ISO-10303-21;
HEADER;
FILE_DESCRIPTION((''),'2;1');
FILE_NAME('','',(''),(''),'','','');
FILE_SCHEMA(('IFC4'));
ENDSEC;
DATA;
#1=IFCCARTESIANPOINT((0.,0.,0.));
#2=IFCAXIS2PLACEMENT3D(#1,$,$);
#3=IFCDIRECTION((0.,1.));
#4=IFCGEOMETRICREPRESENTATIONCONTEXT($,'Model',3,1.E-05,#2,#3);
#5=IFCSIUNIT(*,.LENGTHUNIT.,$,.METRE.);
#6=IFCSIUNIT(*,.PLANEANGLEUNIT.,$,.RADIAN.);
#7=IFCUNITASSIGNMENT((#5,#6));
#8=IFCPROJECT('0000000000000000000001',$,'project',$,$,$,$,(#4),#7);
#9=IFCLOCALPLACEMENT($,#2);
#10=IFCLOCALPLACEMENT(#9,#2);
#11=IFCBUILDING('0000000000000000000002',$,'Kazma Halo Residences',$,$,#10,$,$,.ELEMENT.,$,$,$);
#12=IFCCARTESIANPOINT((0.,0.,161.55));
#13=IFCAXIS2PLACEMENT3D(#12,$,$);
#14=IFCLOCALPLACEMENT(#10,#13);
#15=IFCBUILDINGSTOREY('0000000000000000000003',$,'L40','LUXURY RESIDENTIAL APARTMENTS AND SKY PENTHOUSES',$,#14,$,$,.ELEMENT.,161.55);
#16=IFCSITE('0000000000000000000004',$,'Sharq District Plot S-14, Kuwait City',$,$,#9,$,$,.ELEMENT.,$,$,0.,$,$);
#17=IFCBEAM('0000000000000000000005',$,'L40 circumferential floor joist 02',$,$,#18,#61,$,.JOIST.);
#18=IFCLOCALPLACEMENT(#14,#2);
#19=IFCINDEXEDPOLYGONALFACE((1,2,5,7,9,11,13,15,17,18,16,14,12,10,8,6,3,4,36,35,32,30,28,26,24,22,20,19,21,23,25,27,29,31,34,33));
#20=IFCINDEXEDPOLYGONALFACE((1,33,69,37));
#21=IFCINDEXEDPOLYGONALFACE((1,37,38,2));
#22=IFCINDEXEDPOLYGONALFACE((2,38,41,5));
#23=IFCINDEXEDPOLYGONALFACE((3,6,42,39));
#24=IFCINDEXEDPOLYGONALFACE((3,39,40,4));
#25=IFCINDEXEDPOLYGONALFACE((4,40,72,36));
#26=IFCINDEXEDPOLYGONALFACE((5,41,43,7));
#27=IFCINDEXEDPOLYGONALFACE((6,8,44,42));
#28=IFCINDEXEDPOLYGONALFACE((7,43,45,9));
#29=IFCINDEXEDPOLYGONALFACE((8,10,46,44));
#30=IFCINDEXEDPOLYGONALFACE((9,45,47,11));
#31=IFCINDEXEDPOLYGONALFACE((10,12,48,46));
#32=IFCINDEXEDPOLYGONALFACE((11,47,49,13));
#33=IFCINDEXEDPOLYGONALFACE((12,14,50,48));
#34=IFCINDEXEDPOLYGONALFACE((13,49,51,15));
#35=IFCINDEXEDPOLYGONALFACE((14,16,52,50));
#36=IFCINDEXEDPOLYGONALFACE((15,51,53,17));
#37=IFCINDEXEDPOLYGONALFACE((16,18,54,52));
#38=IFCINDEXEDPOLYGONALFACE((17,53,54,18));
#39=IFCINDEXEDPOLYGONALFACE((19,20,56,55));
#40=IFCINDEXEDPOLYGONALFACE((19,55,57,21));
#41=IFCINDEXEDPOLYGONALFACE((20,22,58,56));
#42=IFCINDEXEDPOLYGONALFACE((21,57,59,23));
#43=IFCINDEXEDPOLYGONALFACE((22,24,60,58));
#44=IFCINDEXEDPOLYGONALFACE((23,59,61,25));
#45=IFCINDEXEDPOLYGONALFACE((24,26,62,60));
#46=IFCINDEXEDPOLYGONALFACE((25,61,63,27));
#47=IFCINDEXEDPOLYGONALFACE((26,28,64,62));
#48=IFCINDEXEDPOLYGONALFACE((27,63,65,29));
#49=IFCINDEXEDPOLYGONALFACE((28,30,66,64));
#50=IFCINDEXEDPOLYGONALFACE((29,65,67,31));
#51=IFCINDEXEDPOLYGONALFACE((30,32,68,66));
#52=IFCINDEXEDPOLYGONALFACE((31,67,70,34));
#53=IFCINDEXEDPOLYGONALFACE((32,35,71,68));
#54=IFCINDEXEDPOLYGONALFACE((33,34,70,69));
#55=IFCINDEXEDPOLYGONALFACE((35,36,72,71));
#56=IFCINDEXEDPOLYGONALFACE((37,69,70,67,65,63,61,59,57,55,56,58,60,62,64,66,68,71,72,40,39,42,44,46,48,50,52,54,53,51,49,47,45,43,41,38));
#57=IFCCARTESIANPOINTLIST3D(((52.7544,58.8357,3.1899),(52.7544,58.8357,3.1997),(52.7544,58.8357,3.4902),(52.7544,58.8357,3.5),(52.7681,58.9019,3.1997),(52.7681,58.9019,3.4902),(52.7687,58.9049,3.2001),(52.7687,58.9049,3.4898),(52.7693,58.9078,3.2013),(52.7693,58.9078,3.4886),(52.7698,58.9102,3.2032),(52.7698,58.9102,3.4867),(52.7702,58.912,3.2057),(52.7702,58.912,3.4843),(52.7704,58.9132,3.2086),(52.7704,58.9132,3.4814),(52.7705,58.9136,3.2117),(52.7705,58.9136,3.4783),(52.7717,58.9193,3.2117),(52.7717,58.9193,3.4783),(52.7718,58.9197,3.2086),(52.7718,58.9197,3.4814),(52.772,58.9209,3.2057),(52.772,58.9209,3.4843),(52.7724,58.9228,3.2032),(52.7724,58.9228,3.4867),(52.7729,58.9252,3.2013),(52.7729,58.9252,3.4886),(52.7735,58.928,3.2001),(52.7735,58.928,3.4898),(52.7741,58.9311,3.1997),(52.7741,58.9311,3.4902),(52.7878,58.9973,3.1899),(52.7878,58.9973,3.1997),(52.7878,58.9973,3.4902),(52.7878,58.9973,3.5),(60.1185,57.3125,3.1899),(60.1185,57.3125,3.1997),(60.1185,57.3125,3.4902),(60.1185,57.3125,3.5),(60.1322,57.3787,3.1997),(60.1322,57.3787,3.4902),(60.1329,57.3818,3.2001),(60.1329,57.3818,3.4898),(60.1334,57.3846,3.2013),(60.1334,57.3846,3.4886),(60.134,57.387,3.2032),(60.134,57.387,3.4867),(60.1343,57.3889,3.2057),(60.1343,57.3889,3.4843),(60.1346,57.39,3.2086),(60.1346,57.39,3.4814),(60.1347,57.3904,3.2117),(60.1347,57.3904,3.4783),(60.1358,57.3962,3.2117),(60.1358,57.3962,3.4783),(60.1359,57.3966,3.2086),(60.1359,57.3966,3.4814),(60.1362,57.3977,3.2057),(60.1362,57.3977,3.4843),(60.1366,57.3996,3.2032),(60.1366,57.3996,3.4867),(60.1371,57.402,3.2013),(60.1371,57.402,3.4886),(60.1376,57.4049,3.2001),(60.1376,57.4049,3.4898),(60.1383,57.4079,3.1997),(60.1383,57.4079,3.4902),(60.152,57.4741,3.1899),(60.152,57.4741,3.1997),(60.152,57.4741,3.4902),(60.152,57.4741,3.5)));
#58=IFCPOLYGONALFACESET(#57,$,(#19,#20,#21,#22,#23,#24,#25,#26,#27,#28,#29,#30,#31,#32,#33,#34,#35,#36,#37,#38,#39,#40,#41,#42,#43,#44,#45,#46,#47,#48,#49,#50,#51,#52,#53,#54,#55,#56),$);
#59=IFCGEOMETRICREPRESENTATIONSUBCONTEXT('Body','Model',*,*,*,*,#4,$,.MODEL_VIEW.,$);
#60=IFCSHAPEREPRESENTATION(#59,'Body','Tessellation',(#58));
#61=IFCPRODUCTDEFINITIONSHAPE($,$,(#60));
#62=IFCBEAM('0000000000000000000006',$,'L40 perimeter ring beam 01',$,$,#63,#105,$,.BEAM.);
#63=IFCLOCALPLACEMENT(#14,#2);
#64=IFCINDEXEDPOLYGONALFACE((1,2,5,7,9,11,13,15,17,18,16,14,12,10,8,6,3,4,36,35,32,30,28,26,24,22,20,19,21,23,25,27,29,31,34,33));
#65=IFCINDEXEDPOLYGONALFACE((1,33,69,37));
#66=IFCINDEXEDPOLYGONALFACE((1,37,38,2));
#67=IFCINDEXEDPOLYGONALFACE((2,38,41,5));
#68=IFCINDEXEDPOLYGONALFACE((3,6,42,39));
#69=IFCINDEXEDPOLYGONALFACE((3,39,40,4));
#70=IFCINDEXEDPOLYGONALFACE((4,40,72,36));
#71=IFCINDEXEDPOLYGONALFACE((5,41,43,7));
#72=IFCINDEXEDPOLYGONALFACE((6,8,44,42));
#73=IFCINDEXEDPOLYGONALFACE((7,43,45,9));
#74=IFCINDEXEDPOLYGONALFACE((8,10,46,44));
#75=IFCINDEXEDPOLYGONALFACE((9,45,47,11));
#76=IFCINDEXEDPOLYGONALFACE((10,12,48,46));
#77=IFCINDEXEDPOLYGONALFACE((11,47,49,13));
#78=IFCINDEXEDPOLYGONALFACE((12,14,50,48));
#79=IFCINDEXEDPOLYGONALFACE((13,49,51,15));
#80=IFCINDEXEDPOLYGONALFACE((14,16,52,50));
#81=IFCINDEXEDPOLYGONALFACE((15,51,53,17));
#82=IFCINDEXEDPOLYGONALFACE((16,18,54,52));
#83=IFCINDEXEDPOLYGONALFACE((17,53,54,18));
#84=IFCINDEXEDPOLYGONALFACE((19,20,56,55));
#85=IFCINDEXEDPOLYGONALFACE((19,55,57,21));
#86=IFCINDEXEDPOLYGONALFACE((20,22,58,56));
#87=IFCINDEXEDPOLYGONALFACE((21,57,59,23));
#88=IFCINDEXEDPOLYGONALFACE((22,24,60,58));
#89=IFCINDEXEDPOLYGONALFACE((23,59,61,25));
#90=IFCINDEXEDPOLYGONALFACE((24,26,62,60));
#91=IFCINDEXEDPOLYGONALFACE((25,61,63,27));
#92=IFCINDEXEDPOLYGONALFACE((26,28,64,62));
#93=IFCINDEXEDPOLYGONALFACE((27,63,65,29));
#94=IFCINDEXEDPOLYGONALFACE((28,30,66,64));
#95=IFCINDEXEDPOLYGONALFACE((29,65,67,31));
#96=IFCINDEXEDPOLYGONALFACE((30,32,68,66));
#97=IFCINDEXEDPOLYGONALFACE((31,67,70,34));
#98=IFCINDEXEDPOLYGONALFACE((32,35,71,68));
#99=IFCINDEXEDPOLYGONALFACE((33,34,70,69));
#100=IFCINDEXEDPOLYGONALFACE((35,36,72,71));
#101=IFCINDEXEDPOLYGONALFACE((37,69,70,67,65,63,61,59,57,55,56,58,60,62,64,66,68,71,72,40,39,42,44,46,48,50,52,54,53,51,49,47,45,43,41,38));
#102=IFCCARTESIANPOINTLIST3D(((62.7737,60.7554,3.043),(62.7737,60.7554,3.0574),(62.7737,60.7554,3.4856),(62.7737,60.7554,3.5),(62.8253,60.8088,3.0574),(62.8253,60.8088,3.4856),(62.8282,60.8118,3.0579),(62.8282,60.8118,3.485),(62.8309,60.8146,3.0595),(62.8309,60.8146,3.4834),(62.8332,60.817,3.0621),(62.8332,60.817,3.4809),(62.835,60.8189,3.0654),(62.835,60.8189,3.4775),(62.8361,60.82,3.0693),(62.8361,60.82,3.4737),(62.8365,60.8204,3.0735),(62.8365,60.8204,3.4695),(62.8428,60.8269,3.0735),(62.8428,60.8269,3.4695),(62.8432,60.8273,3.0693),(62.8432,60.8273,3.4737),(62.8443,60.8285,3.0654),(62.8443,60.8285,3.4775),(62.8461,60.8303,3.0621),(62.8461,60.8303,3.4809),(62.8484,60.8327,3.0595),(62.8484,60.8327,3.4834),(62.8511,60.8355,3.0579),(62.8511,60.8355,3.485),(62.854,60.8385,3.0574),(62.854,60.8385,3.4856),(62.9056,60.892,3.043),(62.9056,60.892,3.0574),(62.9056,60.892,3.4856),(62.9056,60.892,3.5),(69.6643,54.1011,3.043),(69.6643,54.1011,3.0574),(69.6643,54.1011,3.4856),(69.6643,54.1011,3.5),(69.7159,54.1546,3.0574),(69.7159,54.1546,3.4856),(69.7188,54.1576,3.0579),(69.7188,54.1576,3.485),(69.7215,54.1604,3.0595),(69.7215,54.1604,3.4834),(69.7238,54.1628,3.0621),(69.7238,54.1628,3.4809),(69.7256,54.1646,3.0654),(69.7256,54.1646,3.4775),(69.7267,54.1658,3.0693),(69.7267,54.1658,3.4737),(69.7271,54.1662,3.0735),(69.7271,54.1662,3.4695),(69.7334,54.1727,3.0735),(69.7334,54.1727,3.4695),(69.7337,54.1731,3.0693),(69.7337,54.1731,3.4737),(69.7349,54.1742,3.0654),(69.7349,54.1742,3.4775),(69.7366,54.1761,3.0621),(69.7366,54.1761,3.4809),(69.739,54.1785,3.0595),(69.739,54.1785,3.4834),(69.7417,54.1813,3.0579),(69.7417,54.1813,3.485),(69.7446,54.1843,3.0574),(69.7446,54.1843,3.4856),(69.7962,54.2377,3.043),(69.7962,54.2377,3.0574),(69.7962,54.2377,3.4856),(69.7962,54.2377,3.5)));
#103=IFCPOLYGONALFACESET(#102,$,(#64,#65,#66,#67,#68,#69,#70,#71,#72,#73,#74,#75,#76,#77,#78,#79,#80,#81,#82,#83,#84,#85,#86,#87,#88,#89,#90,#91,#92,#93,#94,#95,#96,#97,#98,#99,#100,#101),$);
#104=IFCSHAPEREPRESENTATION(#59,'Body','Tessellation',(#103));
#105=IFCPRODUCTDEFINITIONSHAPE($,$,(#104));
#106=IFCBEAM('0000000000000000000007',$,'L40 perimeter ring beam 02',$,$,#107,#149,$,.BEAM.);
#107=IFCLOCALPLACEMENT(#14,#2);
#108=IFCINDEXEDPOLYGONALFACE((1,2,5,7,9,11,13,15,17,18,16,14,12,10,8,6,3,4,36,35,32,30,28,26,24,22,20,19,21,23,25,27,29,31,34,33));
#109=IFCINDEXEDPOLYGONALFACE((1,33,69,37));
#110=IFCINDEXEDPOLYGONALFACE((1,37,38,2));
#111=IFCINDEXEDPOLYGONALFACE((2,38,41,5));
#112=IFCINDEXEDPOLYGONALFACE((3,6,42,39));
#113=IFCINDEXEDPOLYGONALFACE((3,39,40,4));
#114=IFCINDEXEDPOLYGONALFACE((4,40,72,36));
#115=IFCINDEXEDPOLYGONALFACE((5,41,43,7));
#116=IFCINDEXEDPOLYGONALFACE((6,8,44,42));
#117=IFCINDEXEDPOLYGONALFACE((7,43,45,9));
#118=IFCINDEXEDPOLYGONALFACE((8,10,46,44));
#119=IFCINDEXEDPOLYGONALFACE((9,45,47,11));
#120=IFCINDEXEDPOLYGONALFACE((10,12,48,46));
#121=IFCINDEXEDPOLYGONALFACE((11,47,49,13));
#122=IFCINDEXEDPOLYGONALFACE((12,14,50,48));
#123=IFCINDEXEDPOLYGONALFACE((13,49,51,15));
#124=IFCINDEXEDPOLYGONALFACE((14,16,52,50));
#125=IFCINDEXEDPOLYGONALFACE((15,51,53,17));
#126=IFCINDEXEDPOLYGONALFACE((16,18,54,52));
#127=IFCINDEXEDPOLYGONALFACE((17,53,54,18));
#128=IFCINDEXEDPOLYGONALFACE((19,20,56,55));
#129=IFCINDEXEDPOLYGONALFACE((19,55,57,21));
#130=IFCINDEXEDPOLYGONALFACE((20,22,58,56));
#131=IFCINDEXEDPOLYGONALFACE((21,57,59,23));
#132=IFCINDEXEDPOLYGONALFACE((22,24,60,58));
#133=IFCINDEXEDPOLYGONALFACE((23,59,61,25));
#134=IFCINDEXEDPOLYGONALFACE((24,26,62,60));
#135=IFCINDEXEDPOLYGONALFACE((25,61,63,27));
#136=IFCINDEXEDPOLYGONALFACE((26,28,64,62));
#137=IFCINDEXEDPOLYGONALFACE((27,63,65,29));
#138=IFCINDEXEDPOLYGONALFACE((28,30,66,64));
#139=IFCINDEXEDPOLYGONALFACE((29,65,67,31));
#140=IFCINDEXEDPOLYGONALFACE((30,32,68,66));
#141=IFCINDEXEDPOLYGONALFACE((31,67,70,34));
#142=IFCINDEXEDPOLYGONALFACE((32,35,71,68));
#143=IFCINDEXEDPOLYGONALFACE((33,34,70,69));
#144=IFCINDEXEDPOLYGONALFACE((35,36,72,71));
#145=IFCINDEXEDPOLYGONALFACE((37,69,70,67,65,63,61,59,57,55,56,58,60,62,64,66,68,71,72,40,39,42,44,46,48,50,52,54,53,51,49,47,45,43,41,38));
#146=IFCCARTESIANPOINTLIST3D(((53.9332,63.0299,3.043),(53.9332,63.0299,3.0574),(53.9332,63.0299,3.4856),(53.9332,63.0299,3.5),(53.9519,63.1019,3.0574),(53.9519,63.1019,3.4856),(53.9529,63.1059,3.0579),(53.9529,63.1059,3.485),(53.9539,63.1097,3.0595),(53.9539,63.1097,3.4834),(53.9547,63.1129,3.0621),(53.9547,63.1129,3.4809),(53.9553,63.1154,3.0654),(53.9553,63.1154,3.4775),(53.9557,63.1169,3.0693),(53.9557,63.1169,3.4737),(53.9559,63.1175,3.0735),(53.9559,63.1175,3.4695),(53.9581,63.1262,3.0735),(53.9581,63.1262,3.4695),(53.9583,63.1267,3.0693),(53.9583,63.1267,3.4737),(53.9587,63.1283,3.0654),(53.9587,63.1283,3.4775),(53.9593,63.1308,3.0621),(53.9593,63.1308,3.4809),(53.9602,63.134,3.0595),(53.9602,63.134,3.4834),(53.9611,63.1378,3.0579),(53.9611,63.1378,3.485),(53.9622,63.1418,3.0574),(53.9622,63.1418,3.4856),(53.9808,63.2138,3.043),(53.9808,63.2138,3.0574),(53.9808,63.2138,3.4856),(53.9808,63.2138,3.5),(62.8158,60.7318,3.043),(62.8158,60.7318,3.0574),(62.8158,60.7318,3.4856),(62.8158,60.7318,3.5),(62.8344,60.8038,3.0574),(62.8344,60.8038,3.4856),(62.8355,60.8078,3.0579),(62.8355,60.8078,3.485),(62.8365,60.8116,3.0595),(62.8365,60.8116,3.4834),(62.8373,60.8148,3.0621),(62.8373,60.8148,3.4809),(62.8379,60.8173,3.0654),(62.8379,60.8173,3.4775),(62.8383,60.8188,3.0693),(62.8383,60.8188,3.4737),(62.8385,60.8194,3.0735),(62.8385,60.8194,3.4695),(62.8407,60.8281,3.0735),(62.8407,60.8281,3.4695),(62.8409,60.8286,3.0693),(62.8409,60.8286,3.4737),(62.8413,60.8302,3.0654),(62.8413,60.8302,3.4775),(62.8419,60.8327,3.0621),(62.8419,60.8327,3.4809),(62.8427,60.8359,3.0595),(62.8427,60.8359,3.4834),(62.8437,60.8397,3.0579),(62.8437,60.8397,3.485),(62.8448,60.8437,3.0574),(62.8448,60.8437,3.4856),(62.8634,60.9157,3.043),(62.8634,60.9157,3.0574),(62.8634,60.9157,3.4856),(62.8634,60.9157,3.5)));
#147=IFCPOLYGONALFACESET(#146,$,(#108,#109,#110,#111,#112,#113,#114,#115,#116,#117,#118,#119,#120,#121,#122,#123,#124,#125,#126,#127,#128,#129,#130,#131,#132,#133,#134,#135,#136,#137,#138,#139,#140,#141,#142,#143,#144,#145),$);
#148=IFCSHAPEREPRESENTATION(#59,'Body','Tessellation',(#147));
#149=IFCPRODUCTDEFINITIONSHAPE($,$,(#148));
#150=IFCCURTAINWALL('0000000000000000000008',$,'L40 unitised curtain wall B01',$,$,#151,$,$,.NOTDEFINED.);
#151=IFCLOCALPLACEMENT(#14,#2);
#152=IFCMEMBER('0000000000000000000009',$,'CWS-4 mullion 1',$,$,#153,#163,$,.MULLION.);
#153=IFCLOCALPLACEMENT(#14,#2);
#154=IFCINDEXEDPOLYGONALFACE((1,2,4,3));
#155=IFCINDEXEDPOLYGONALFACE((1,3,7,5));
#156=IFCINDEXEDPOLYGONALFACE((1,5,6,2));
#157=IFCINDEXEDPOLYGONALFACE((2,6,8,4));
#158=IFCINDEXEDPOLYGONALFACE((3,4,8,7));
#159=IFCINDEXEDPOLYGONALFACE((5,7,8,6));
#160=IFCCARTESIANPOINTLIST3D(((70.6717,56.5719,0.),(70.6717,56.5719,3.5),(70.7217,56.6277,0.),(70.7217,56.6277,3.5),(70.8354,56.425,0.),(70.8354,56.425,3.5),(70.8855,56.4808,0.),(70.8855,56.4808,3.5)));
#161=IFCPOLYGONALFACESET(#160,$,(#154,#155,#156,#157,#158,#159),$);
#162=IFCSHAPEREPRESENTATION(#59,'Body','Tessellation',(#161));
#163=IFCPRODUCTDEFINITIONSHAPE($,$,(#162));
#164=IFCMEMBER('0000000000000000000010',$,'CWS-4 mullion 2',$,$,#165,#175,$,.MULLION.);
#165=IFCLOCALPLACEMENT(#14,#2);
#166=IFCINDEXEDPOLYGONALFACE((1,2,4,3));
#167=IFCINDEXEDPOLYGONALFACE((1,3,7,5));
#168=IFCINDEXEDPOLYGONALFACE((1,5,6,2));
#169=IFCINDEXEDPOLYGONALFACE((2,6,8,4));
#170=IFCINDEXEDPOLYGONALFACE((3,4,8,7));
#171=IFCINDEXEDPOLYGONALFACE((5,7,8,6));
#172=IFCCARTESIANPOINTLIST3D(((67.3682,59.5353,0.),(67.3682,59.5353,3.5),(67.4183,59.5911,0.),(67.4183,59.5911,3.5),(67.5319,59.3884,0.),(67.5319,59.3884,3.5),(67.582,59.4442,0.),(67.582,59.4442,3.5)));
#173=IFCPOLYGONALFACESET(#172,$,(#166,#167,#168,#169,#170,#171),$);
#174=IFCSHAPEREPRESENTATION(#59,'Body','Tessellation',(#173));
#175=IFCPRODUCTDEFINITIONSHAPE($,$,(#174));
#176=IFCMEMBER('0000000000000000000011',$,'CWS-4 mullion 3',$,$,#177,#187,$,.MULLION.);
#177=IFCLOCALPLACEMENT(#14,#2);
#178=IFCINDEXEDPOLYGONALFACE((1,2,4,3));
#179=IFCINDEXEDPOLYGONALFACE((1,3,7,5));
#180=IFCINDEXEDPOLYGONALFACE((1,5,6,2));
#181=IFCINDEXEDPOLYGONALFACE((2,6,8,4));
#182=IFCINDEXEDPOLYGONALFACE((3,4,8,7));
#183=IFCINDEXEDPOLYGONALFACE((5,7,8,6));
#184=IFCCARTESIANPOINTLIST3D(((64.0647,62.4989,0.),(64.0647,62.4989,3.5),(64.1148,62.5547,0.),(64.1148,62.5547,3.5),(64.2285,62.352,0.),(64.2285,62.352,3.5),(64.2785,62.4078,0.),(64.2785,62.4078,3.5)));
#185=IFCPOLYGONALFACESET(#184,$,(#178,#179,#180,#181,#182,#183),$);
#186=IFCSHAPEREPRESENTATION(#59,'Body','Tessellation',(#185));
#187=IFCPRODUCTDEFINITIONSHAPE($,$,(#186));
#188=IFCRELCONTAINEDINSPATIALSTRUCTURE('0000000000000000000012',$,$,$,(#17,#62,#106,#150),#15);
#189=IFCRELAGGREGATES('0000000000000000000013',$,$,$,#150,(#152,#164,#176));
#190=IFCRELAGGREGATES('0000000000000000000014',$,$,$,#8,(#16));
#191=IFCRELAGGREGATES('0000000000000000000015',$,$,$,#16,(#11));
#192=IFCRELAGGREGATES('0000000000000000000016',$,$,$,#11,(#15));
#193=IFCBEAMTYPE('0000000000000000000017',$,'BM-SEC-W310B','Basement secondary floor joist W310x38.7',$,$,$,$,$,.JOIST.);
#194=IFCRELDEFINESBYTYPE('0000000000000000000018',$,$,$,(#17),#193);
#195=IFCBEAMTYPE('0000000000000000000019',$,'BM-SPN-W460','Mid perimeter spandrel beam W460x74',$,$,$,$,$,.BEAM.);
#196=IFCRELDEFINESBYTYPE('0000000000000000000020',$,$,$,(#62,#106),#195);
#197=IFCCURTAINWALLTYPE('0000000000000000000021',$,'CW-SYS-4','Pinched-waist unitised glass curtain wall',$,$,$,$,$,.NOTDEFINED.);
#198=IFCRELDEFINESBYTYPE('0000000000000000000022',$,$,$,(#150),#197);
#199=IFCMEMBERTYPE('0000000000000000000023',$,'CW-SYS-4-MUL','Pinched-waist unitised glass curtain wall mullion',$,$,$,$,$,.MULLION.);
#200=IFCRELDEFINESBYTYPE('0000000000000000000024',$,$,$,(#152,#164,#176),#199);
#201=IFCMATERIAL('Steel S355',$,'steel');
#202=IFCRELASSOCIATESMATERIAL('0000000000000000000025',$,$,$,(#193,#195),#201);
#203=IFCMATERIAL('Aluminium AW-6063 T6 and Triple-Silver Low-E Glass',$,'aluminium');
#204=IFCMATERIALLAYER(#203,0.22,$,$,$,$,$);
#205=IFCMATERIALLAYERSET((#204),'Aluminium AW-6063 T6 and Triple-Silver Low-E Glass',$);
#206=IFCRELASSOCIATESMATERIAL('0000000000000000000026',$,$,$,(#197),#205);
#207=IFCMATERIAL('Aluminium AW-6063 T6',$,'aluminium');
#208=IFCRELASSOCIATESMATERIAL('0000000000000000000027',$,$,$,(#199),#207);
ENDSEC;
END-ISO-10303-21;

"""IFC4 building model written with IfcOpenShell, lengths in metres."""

from ifc_helpers import new_model, si_unit, direction, frame, origin, origin_2d, place, context, subcontext, project, spatial, rectangle, i_section, extrude, material, layer, layer_set, material_profile, profile_set, type_object, element, aggregate, save


model = new_model("IFC4")

# Units and contexts
model_context = context("Model", 3, precision=1e-05, world=origin(), true_north=direction((0.0, 1.0)))
body_context = subcontext(model_context, "Body", "Model", "MODEL_VIEW")
ifc_project = project(units=[si_unit("LENGTHUNIT", "METRE"), si_unit("PLANEANGLEUNIT", "RADIAN")], contexts=[model_context])

# Site, building, storey
site_placement = place(None, origin())
site = spatial("IfcSite", under=ifc_project, at=site_placement, Name="Sharq District Plot S-14, Kuwait City", CompositionType="ELEMENT", RefElevation=0.0)
building_placement = place(site_placement, origin())
building = spatial("IfcBuilding", under=site, at=building_placement, Name="Kazma Halo Residences", CompositionType="ELEMENT")
storey_placement = place(building_placement, frame((0.0, 0.0, 161.55)))
storey = spatial("IfcBuildingStorey", under=building, at=storey_placement, Name="L40", Description="LUXURY RESIDENTIAL APARTMENTS AND SKY PENTHOUSES", CompositionType="ELEMENT", Elevation=161.55)

# Beams
ifc_material_1 = material(Name="Steel S355", Category="steel")
ifc_material_profile_1 = material_profile(ifc_material_1, i_section(OverallWidth=0.165, OverallDepth=0.3101, WebThickness=0.0059, FlangeThickness=0.0098, FilletRadius=0.012, at=origin_2d()), Name="W310x38.7")
ifc_profile_set_1 = profile_set([ifc_material_profile_1], Name="Steel S355")
beam_type_1 = type_object("IfcBeamType", Name="BM-SEC-W310B", Description="Basement secondary floor joist W310x38.7", PredefinedType="JOIST", material=ifc_profile_set_1)
beam_1_placement = place(storey_placement, frame((60.1353, 57.3933, 3.345), z_axis=(-0.979272, 0.202549, 0.0), x_axis=(-0.202549, -0.979272, 0.0)))
element("IfcBeam", 1, at=beam_1_placement, inside=storey, type_object=beam_type_1, Name="L40 circumferential floor joist 02", PredefinedType="JOIST", context=body_context, shape_type="SweptSolid", body=[
    extrude(i_section(OverallWidth=0.165, OverallDepth=0.3101, WebThickness=0.0059, FlangeThickness=0.0098, FilletRadius=0.012, at=origin_2d()), origin(), (0.0, 0.0, 1.0), 7.52),
])
ifc_material_profile_2 = material_profile(ifc_material_1, i_section(OverallWidth=0.1899, OverallDepth=0.457, WebThickness=0.009, FlangeThickness=0.0144, FilletRadius=0.0161, at=origin_2d()), Name="W460x74")
ifc_profile_set_2 = profile_set([ifc_material_profile_2], Name="Steel S355")
beam_type_2 = type_object("IfcBeamType", Name="BM-SPN-W460", Description="Mid perimeter spandrel beam W460x74", PredefinedType="BEAM", material=ifc_profile_set_2)
beam_2_placement = place(storey_placement, frame((69.7302, 54.1694, 3.2715), z_axis=(-0.719335, 0.694664, 0.0), x_axis=(-0.694664, -0.719335, 0.0)))
element("IfcBeam", 2, at=beam_2_placement, inside=storey, type_object=beam_type_2, Name="L40 perimeter ring beam 01", PredefinedType="BEAM", context=body_context, shape_type="SweptSolid", body=[
    extrude(i_section(OverallWidth=0.1899, OverallDepth=0.457, WebThickness=0.009, FlangeThickness=0.0144, FilletRadius=0.0161, at=origin_2d()), origin(), (0.0, 0.0, 1.0), 9.5791),
])
beam_3_placement = place(storey_placement, frame((62.8396, 60.8237, 3.2715), z_axis=(-0.968124, 0.250473, 0.0), x_axis=(-0.250473, -0.968124, 0.0)))
element("IfcBeam", 3, at=beam_3_placement, inside=storey, type_object=beam_type_2, Name="L40 perimeter ring beam 02", PredefinedType="BEAM", context=body_context, shape_type="SweptSolid", body=[
    extrude(i_section(OverallWidth=0.1899, OverallDepth=0.457, WebThickness=0.009, FlangeThickness=0.0144, FilletRadius=0.0161, at=origin_2d()), origin(), (0.0, 0.0, 1.0), 9.175),
])

# Curtain wall, members
ifc_material_2 = material(Name="Aluminium AW-6063 T6 and Triple-Silver Low-E Glass", Category="aluminium")
ifc_layer_1 = layer(ifc_material_2, 0.22)
ifc_layer_set_1 = layer_set([ifc_layer_1], Name="Aluminium AW-6063 T6 and Triple-Silver Low-E Glass")
curtain_wall_type = type_object("IfcCurtainWallType", Name="CW-SYS-4", Description="Pinched-waist unitised glass curtain wall", PredefinedType="NOTDEFINED", material=ifc_layer_set_1)
curtain_wall_1_placement = place(storey_placement, origin())
curtain_wall_1 = element("IfcCurtainWall", 4, at=curtain_wall_1_placement, inside=storey, type_object=curtain_wall_type, Name="L40 unitised curtain wall B01", PredefinedType="NOTDEFINED")
ifc_material_3 = material(Name="Aluminium AW-6063 T6", Category="aluminium")
ifc_material_profile_3 = material_profile(ifc_material_3, rectangle(XDim=0.075, YDim=0.22, at=origin_2d()), Name="CWM-75x220")
ifc_profile_set_3 = profile_set([ifc_material_profile_3], Name="Aluminium AW-6063 T6")
member_type_1 = type_object("IfcMemberType", Name="CW-SYS-4-MUL", Description="Pinched-waist unitised glass curtain wall mullion", PredefinedType="MULLION", material=ifc_profile_set_3)
member_1_placement = place(storey_placement, frame((70.7786, 56.5264, 0.0), z_axis=(0.0, 0.0, 1.0), x_axis=(-0.66777, -0.744368, 0.0)))
member_1 = element("IfcMember", 5, at=member_1_placement, type_object=member_type_1, Name="CWS-4 mullion 1", PredefinedType="MULLION", context=body_context, shape_type="SweptSolid", body=[
    extrude(rectangle(XDim=0.075, YDim=0.22, at=origin_2d()), origin(), (0.0, 0.0, 1.0), 3.5),
])
member_2_placement = place(storey_placement, frame((67.4751, 59.4897, 0.0), z_axis=(0.0, 0.0, 1.0), x_axis=(-0.66777, -0.744368, 0.0)))
member_2 = element("IfcMember", 6, at=member_2_placement, type_object=member_type_1, Name="CWS-4 mullion 2", PredefinedType="MULLION", context=body_context, shape_type="SweptSolid", body=[
    extrude(rectangle(XDim=0.075, YDim=0.22, at=origin_2d()), origin(), (0.0, 0.0, 1.0), 3.5),
])
member_3_placement = place(storey_placement, frame((64.1716, 62.4534, 0.0), z_axis=(0.0, 0.0, 1.0), x_axis=(-0.66777, -0.744368, 0.0)))
member_3 = element("IfcMember", 7, at=member_3_placement, type_object=member_type_1, Name="CWS-4 mullion 3", PredefinedType="MULLION", context=body_context, shape_type="SweptSolid", body=[
    extrude(rectangle(XDim=0.075, YDim=0.22, at=origin_2d()), origin(), (0.0, 0.0, 1.0), 3.5),
])

aggregate(curtain_wall_1, [member_1, member_2, member_3])

save(model, "model.ifc")
